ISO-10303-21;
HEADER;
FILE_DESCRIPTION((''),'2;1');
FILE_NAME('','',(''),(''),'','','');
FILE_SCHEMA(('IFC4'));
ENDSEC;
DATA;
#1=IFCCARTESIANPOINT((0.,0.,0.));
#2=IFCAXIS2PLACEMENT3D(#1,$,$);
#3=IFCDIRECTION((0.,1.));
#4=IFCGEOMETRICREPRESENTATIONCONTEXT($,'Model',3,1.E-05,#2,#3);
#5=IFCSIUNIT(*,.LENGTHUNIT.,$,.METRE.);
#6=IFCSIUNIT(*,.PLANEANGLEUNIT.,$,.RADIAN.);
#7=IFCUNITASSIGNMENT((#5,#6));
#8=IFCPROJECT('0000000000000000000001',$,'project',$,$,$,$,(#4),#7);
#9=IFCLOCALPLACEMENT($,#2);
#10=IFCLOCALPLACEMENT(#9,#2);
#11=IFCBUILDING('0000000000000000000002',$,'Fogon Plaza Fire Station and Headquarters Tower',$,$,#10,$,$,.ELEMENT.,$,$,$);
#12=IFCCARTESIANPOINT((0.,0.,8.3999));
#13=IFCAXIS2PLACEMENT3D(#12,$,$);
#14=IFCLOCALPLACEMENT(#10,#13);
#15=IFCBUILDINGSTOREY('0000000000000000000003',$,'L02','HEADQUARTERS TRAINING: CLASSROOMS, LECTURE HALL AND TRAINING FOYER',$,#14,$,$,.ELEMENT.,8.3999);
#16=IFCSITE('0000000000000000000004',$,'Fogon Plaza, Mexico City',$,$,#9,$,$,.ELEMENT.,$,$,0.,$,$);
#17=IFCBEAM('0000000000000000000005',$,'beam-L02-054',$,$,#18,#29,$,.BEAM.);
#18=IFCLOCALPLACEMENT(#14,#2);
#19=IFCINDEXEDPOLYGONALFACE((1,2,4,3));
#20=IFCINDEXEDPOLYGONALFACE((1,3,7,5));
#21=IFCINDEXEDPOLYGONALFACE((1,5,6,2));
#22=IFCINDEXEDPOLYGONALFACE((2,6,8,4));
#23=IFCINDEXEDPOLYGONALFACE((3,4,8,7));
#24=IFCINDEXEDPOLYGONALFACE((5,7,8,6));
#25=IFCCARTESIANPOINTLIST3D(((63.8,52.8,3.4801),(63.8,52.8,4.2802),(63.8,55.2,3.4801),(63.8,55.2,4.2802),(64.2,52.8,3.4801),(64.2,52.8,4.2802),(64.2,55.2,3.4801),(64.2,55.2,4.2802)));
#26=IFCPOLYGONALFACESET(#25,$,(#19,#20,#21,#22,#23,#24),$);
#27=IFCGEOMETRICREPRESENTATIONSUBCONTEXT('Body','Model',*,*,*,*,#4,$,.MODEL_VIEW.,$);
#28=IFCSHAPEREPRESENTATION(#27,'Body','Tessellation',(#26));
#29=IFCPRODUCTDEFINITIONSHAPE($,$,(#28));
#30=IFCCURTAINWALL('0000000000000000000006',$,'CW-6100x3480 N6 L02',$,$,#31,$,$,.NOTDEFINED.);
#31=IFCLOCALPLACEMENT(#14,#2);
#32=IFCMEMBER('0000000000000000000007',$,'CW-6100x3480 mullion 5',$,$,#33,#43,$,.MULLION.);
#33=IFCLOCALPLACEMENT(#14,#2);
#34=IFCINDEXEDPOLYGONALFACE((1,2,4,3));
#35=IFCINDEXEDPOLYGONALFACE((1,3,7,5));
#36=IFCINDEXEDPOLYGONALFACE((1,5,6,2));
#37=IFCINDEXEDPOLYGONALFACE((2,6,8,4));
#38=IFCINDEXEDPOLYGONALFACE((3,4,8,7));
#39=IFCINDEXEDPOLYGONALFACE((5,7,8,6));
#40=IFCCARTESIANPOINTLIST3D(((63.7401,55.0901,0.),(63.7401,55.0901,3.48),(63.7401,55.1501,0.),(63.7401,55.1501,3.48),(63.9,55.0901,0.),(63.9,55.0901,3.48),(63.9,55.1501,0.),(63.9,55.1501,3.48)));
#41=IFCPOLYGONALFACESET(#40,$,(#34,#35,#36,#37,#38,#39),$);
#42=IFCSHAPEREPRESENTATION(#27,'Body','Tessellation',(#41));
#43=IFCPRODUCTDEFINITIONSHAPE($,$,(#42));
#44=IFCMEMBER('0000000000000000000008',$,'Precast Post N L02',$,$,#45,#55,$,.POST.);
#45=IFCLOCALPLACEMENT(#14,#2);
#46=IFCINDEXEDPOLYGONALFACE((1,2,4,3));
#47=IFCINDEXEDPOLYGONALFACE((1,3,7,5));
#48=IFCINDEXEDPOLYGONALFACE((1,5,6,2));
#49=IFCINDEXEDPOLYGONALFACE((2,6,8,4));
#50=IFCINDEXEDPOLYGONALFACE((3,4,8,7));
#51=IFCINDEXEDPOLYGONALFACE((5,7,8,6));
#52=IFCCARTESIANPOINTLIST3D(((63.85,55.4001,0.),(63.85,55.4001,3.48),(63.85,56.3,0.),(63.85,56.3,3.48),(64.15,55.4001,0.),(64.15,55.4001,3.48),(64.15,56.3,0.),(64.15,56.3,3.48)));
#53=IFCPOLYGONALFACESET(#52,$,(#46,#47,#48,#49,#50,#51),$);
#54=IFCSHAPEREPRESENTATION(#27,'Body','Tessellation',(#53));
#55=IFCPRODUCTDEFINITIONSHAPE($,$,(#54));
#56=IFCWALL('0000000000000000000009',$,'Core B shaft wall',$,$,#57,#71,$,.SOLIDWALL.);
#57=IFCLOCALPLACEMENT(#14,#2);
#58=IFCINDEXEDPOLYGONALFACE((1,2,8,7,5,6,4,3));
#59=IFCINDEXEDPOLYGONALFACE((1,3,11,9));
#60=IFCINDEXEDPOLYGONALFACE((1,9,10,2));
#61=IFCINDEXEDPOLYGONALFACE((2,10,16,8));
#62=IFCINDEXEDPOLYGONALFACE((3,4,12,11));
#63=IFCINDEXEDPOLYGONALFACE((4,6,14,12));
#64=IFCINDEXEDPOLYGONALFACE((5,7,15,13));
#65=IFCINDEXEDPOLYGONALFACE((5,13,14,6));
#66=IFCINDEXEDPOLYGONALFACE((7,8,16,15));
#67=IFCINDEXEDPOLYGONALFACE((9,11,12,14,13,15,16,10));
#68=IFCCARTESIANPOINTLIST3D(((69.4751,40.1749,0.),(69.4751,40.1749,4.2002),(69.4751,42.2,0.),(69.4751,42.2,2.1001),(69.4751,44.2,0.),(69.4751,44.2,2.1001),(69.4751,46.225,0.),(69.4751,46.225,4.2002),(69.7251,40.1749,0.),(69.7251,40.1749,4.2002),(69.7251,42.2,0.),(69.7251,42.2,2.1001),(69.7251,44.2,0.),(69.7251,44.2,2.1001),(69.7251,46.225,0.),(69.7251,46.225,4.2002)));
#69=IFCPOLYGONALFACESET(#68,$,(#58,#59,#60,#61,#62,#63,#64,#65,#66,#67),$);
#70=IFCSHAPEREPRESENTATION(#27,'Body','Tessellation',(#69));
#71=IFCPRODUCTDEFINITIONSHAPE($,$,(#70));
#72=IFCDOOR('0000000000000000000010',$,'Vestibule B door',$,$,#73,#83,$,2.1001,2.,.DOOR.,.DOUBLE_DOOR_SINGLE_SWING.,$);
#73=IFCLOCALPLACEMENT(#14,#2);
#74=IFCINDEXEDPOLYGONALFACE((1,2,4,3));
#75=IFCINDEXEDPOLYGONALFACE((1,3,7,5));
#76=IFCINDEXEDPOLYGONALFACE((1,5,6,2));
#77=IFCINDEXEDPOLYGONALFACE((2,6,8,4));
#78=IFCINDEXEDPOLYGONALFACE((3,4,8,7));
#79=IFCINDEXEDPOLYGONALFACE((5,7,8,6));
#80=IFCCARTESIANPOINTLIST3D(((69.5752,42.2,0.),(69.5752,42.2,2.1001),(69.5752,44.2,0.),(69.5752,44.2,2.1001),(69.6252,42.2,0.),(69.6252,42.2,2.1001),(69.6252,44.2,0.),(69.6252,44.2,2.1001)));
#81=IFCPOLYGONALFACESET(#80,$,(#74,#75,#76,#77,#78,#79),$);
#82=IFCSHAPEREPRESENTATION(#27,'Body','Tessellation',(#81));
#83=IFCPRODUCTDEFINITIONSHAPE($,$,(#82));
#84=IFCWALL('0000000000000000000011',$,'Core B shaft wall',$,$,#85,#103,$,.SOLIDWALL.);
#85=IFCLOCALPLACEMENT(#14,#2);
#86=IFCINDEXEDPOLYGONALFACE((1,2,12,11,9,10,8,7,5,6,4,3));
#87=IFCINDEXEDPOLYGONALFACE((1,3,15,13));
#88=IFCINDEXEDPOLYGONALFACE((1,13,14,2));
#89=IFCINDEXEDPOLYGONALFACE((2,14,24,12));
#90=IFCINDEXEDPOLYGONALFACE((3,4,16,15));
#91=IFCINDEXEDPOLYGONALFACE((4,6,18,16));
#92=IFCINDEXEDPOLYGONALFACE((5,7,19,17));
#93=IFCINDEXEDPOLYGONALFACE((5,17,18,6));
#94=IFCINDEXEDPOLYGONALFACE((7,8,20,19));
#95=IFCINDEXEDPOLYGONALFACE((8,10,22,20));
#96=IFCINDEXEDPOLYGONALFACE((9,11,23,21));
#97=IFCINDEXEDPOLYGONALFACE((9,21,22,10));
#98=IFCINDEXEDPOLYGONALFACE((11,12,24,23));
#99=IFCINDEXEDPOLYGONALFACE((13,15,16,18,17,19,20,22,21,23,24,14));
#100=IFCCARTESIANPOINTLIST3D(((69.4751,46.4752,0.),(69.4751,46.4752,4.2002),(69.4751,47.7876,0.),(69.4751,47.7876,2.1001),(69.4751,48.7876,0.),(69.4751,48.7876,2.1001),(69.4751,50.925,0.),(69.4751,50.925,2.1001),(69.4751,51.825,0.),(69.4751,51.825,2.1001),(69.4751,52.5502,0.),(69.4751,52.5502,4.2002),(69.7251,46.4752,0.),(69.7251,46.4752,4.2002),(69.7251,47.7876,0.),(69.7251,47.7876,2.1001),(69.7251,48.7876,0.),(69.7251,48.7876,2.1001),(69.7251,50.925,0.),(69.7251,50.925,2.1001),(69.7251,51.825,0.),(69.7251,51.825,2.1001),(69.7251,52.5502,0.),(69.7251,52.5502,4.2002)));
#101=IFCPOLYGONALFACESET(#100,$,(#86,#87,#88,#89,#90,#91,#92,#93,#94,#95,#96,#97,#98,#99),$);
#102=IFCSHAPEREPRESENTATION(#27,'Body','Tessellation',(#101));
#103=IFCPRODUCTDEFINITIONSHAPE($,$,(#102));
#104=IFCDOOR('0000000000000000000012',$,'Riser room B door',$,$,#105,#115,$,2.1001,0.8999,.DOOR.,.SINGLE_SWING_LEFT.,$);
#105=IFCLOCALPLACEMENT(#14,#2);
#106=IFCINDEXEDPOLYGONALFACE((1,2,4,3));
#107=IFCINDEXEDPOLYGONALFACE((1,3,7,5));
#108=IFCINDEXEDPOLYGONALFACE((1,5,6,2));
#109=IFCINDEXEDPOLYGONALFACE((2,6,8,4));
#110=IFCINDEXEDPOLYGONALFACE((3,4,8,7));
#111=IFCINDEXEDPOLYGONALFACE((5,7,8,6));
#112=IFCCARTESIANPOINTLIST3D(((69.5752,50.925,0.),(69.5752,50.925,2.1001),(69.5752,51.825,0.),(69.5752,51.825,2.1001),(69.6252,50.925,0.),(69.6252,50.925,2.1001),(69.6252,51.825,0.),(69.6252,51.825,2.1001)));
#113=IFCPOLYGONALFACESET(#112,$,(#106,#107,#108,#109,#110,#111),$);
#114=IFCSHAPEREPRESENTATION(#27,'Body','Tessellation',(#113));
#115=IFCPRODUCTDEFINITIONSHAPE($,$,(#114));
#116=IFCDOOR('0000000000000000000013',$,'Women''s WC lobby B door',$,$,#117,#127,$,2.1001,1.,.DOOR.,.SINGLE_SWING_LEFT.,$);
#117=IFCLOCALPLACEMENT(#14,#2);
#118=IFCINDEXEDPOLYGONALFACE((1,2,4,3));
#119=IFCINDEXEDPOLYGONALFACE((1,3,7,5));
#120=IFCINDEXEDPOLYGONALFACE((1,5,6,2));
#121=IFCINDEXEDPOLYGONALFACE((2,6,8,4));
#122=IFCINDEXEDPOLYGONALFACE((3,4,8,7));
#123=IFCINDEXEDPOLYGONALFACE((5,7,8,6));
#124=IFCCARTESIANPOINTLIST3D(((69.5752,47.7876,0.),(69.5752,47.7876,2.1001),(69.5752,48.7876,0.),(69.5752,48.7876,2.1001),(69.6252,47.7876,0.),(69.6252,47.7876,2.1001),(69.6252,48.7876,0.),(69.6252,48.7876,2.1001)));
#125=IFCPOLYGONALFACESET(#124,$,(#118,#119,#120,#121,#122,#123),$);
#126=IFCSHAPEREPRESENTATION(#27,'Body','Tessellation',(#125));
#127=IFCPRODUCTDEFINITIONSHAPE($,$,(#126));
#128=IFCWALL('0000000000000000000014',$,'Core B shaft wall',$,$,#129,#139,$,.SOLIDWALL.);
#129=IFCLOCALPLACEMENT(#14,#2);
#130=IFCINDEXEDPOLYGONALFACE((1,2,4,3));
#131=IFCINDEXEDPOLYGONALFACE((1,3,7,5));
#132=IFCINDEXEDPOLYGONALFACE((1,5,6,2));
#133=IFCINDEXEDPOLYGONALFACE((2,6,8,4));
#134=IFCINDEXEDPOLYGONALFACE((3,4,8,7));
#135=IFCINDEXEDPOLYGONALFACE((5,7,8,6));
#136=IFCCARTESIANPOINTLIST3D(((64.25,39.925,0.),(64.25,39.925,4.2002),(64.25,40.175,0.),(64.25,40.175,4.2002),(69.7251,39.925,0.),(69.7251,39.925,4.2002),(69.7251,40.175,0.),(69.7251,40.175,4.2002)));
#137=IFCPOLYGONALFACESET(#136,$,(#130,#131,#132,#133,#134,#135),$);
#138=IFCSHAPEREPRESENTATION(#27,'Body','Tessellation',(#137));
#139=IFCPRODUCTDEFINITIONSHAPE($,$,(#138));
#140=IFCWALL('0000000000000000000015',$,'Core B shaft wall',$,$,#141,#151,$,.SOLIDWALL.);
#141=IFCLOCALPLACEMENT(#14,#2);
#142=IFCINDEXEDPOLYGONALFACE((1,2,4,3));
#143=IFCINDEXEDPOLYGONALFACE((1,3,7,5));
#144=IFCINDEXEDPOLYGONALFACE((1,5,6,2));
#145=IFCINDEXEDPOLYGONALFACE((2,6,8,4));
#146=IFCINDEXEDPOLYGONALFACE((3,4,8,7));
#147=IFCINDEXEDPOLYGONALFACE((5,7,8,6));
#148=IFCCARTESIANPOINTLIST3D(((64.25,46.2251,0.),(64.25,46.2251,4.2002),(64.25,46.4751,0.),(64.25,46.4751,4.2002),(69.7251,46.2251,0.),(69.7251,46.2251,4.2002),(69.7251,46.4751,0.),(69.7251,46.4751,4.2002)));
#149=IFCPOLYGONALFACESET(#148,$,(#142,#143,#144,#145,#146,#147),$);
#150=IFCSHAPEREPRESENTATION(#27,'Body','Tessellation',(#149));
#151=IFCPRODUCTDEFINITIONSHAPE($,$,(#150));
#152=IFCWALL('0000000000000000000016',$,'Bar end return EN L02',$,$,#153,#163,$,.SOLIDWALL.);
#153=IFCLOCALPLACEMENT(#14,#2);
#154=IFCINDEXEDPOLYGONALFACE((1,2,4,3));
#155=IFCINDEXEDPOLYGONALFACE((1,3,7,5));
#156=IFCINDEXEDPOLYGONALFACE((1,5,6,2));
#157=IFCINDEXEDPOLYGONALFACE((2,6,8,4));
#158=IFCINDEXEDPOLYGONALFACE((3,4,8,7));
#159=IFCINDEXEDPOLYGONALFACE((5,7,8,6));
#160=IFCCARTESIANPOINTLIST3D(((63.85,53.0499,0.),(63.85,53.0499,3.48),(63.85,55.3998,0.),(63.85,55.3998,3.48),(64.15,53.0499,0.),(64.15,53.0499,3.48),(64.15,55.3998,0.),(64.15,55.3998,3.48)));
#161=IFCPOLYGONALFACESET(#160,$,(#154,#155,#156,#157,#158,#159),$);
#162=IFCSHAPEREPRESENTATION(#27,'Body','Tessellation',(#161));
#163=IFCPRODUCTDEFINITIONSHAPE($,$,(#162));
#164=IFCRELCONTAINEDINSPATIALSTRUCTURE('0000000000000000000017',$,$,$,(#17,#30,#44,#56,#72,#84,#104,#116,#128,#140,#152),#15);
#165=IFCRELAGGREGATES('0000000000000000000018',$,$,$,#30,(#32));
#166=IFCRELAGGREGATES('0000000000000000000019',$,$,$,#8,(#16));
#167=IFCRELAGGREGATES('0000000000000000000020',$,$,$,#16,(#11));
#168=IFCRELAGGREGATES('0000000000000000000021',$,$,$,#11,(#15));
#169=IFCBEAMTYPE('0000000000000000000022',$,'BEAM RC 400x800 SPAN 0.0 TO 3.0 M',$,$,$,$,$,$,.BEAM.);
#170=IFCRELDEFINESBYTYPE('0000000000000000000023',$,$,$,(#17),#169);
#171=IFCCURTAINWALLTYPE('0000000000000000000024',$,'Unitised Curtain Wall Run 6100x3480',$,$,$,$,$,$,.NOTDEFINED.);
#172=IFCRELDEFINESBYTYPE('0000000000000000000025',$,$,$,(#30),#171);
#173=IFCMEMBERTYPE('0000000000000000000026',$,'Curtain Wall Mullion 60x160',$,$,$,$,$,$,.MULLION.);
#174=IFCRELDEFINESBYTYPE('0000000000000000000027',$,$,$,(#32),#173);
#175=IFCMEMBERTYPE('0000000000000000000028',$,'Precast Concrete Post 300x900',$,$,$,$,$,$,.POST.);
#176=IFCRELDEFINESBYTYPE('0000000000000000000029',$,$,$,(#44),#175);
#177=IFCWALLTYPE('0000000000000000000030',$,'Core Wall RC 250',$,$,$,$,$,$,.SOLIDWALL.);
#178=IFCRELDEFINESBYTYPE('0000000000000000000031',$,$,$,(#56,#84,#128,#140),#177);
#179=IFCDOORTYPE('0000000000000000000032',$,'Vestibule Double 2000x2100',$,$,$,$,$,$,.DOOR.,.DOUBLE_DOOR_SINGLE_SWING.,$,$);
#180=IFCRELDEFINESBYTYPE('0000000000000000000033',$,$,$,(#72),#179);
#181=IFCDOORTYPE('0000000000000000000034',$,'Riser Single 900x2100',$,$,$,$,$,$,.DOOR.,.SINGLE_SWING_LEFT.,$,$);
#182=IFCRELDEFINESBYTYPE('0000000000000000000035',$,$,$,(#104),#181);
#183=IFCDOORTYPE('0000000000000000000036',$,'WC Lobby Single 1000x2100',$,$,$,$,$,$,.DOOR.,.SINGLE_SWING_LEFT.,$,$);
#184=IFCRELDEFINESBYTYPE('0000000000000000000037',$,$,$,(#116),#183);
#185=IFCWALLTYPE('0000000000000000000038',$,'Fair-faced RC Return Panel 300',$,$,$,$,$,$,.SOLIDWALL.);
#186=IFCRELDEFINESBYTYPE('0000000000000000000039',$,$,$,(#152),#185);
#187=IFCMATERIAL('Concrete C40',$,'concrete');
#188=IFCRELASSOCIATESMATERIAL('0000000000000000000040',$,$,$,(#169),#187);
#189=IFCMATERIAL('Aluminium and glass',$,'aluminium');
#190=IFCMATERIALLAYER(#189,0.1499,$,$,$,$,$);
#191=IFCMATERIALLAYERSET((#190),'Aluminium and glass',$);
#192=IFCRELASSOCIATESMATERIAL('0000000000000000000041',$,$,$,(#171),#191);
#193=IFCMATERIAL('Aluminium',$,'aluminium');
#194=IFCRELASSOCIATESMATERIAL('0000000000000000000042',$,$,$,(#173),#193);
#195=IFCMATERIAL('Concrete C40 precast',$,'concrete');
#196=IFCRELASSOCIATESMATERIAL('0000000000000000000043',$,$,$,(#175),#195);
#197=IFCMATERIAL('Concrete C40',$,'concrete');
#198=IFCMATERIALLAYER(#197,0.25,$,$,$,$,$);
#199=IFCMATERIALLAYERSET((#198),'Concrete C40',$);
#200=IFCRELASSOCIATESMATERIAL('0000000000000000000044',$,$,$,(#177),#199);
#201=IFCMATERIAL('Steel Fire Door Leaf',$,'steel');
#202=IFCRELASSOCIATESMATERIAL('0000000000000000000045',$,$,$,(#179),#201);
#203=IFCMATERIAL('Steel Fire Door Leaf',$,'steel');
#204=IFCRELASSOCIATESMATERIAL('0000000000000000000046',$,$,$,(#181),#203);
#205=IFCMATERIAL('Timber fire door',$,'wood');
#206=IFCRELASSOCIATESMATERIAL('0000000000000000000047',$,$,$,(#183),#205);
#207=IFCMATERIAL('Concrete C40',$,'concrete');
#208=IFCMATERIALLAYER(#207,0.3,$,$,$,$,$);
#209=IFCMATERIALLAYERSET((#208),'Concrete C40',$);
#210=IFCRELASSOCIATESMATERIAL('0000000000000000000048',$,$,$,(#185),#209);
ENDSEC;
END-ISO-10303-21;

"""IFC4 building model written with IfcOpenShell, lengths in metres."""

from ifc_helpers import new_model, si_unit, direction, frame, frame_2d, origin, origin_2d, place, context, subcontext, project, spatial, rectangle, extrude, material, layer, layer_set, material_profile, profile_set, type_object, element, fill, aggregate, save


model = new_model("IFC4")

# Units and contexts
model_context = context("Model", 3, precision=1e-05, world=origin(), true_north=direction((0.0, 1.0)))
body_context = subcontext(model_context, "Body", "Model", "MODEL_VIEW")
ifc_project = project(units=[si_unit("LENGTHUNIT", "METRE"), si_unit("PLANEANGLEUNIT", "RADIAN")], contexts=[model_context])

# Site, building, storey
site_placement = place(None, origin())
site = spatial("IfcSite", under=ifc_project, at=site_placement, Name="Fogon Plaza, Mexico City", CompositionType="ELEMENT", RefElevation=0.0)
building_placement = place(site_placement, origin())
building = spatial("IfcBuilding", under=site, at=building_placement, Name="Fogon Plaza Fire Station and Headquarters Tower", CompositionType="ELEMENT")
storey_placement = place(building_placement, frame((0.0, 0.0, 8.3999)))
storey = spatial("IfcBuildingStorey", under=building, at=storey_placement, Name="L02", Description="HEADQUARTERS TRAINING: CLASSROOMS, LECTURE HALL AND TRAINING FOYER", CompositionType="ELEMENT", Elevation=8.3999)

# Beam
ifc_material_1 = material(Name="Concrete C40", Category="concrete")
ifc_material_profile_1 = material_profile(ifc_material_1, rectangle(XDim=0.3999, YDim=0.8, at=origin_2d()), Name="RC 400x800")
ifc_profile_set_1 = profile_set([ifc_material_profile_1], Name="Concrete C40")
beam_type = type_object("IfcBeamType", Name="BEAM RC 400x800 SPAN 0.0 TO 3.0 M", PredefinedType="BEAM", material=ifc_profile_set_1)
beam_placement = place(storey_placement, frame((64.0, 52.8, 3.8801), z_axis=(0.0, 1.0, 0.0), x_axis=(-1.0, 0.0, 0.0)))
element("IfcBeam", 1, at=beam_placement, inside=storey, type_object=beam_type, Name="beam-L02-054", PredefinedType="BEAM", context=body_context, shape_type="SweptSolid", body=[
    extrude(rectangle(XDim=0.3999, YDim=0.8, at=origin_2d()), origin(), (0.0, 0.0, 1.0), 2.3999),
])

# Curtain wall, member
ifc_material_2 = material(Name="Aluminium and glass", Category="aluminium")
ifc_layer_1 = layer(ifc_material_2, 0.1499)
ifc_layer_set_1 = layer_set([ifc_layer_1], Name="Aluminium and glass")
curtain_wall_type = type_object("IfcCurtainWallType", Name="Unitised Curtain Wall Run 6100x3480", PredefinedType="NOTDEFINED", material=ifc_layer_set_1)
curtain_wall_placement = place(storey_placement, origin())
curtain_wall = element("IfcCurtainWall", 2, at=curtain_wall_placement, inside=storey, type_object=curtain_wall_type, Name="CW-6100x3480 N6 L02", PredefinedType="NOTDEFINED")
ifc_material_3 = material(Name="Aluminium", Category="aluminium")
ifc_material_profile_2 = material_profile(ifc_material_3, rectangle(XDim=0.0601, YDim=0.1599, at=origin_2d()), Name="Curtain Wall Mullion 60x160")
ifc_profile_set_2 = profile_set([ifc_material_profile_2], Name="Aluminium")
member_type_1 = type_object("IfcMemberType", Name="Curtain Wall Mullion 60x160", PredefinedType="MULLION", material=ifc_profile_set_2)
member_1_placement = place(storey_placement, frame((63.8201, 55.1201, 0.0), z_axis=(0.0, 0.0, 1.0), x_axis=(0.0, 1.0, 0.0)))
member_1 = element("IfcMember", 3, at=member_1_placement, type_object=member_type_1, Name="CW-6100x3480 mullion 5", PredefinedType="MULLION", context=body_context, shape_type="SweptSolid", body=[
    extrude(rectangle(XDim=0.0601, YDim=0.1599, at=origin_2d()), origin(), (0.0, 0.0, 1.0), 3.48),
])
aggregate(curtain_wall, [member_1])

# Member
ifc_material_4 = material(Name="Concrete C40 precast", Category="concrete")
ifc_material_profile_3 = material_profile(ifc_material_4, rectangle(XDim=0.3, YDim=0.8999, at=origin_2d()), Name="Precast Concrete Post 300x900")
ifc_profile_set_3 = profile_set([ifc_material_profile_3], Name="Concrete C40 precast")
member_type_2 = type_object("IfcMemberType", Name="Precast Concrete Post 300x900", PredefinedType="POST", material=ifc_profile_set_3)
member_2_placement = place(storey_placement, frame((64.0, 55.8501, 0.0), z_axis=(0.0, 0.0, 1.0), x_axis=(1.0, 0.0, 0.0)))
element("IfcMember", 4, at=member_2_placement, inside=storey, type_object=member_type_2, Name="Precast Post N L02", PredefinedType="POST", context=body_context, shape_type="SweptSolid", body=[
    extrude(rectangle(XDim=0.3, YDim=0.8999, at=origin_2d()), origin(), (0.0, 0.0, 1.0), 3.48),
])

# Wall, opening, door
ifc_material_5 = material(Name="Concrete C40", Category="concrete")
ifc_layer_2 = layer(ifc_material_5, 0.25)
ifc_layer_set_2 = layer_set([ifc_layer_2], Name="Concrete C40")
wall_type_1 = type_object("IfcWallType", Name="Core Wall RC 250", PredefinedType="SOLIDWALL", material=ifc_layer_set_2)
wall_1_placement = place(storey_placement, frame((69.6001, 40.175, 0.0), z_axis=(0.0, 0.0, 1.0), x_axis=(0.0, 1.0, 0.0)))
wall_1 = element("IfcWall", 5, at=wall_1_placement, inside=storey, type_object=wall_type_1, Name="Core B shaft wall", PredefinedType="SOLIDWALL", context=body_context, shape_type="SweptSolid", body=[
    extrude(rectangle(XDim=6.05, YDim=0.25, at=frame_2d((3.0249, 0.0))), origin(), (0.0, 0.0, 1.0), 4.2002),
])
opening_1_placement = place(wall_1_placement, frame((2.0249, 0.0, 0.0)))
opening_1 = element("IfcOpeningElement", 6, at=opening_1_placement, cuts=wall_1, PredefinedType="OPENING", context=body_context, shape_type="SweptSolid", body=[
    extrude(rectangle(XDim=2.0, YDim=2.1001, at=frame_2d((1.0, 1.05))), frame((0.0, 0.135, 0.0), z_axis=(0.0, -1.0, 0.0), x_axis=(1.0, 0.0, 0.0)), (0.0, 0.0, 1.0), 0.27),
])
ifc_material_6 = material(Name="Steel Fire Door Leaf", Category="steel")
door_type_1 = type_object("IfcDoorType", Name="Vestibule Double 2000x2100", OperationType="DOUBLE_DOOR_SINGLE_SWING", PredefinedType="DOOR", material=ifc_material_6)
door_1_placement = place(opening_1_placement, origin())
door_1 = element("IfcDoor", 7, at=door_1_placement, inside=storey, type_object=door_type_1, Name="Vestibule B door", OperationType="DOUBLE_DOOR_SINGLE_SWING", OverallHeight=2.1001, OverallWidth=2.0, PredefinedType="DOOR", context=body_context, shape_type="SweptSolid", body=[
    extrude(rectangle(XDim=2.0, YDim=2.1001, at=frame_2d((1.0, 1.05))), frame((0.0, 0.0249, 0.0), z_axis=(0.0, -1.0, 0.0), x_axis=(1.0, 0.0, 0.0)), (0.0, 0.0, 1.0), 0.05),
])
fill(opening_1, door_1)

# Wall, openings, doors
wall_2_placement = place(storey_placement, frame((69.6001, 46.4751, 0.0), z_axis=(0.0, 0.0, 1.0), x_axis=(0.0, 1.0, 0.0)))
wall_2 = element("IfcWall", 8, at=wall_2_placement, inside=storey, type_object=wall_type_1, Name="Core B shaft wall", PredefinedType="SOLIDWALL", context=body_context, shape_type="SweptSolid", body=[
    extrude(rectangle(XDim=6.075, YDim=0.25, at=frame_2d((3.0376, 0.0))), origin(), (0.0, 0.0, 1.0), 4.2002),
])
opening_2_placement = place(wall_2_placement, frame((1.3125, 0.0, 0.0)))
opening_2 = element("IfcOpeningElement", 9, at=opening_2_placement, cuts=wall_2, PredefinedType="OPENING", context=body_context, shape_type="SweptSolid", body=[
    extrude(rectangle(XDim=1.0, YDim=2.1001, at=frame_2d((0.5, 1.05))), frame((0.0, 0.135, 0.0), z_axis=(0.0, -1.0, 0.0), x_axis=(1.0, 0.0, 0.0)), (0.0, 0.0, 1.0), 0.27),
])
opening_3_placement = place(wall_2_placement, frame((4.45, 0.0, 0.0)))
opening_3 = element("IfcOpeningElement", 10, at=opening_3_placement, cuts=wall_2, PredefinedType="OPENING", context=body_context, shape_type="SweptSolid", body=[
    extrude(rectangle(XDim=0.8999, YDim=2.1001, at=frame_2d((0.45, 1.05))), frame((0.0, 0.135, 0.0), z_axis=(0.0, -1.0, 0.0), x_axis=(1.0, 0.0, 0.0)), (0.0, 0.0, 1.0), 0.27),
])
ifc_material_7 = material(Name="Steel Fire Door Leaf", Category="steel")
door_type_2 = type_object("IfcDoorType", Name="Riser Single 900x2100", OperationType="SINGLE_SWING_LEFT", PredefinedType="DOOR", material=ifc_material_7)
door_2_placement = place(opening_3_placement, origin())
door_2 = element("IfcDoor", 11, at=door_2_placement, inside=storey, type_object=door_type_2, Name="Riser room B door", OperationType="SINGLE_SWING_LEFT", OverallHeight=2.1001, OverallWidth=0.8999, PredefinedType="DOOR", context=body_context, shape_type="SweptSolid", body=[
    extrude(rectangle(XDim=0.8999, YDim=2.1001, at=frame_2d((0.45, 1.05))), frame((0.0, 0.0249, 0.0), z_axis=(0.0, -1.0, 0.0), x_axis=(1.0, 0.0, 0.0)), (0.0, 0.0, 1.0), 0.05),
])
fill(opening_3, door_2)
ifc_material_8 = material(Name="Timber fire door", Category="wood")
door_type_3 = type_object("IfcDoorType", Name="WC Lobby Single 1000x2100", OperationType="SINGLE_SWING_LEFT", PredefinedType="DOOR", material=ifc_material_8)
door_3_placement = place(opening_2_placement, origin())
door_3 = element("IfcDoor", 12, at=door_3_placement, inside=storey, type_object=door_type_3, Name="Women's WC lobby B door", OperationType="SINGLE_SWING_LEFT", OverallHeight=2.1001, OverallWidth=1.0, PredefinedType="DOOR", context=body_context, shape_type="SweptSolid", body=[
    extrude(rectangle(XDim=1.0, YDim=2.1001, at=frame_2d((0.5, 1.05))), frame((0.0, 0.0249, 0.0), z_axis=(0.0, -1.0, 0.0), x_axis=(1.0, 0.0, 0.0)), (0.0, 0.0, 1.0), 0.05),
])
fill(opening_2, door_3)

# Walls
for number, where, z_axis, x_axis, name in (
    (13, (69.7251, 40.05, 0.0), (0.0, 0.0, 1.0), (-1.0, 0.0, 0.0), "Core B shaft wall"),
    (14, (69.7251, 46.3501, 0.0), (0.0, 0.0, 1.0), (-1.0, 0.0, 0.0), "Core B shaft wall"),
):
    element("IfcWall", number, at=place(storey_placement, frame(where, z_axis=z_axis, x_axis=x_axis)), inside=storey, type_object=wall_type_1, Name=name, PredefinedType="SOLIDWALL", context=body_context, shape_type="SweptSolid", body=[
        extrude(rectangle(XDim=5.4751, YDim=0.25, at=frame_2d((2.7375, 0.0))), origin(), (0.0, 0.0, 1.0), 4.2002),
    ])
ifc_material_9 = material(Name="Concrete C40", Category="concrete")
ifc_layer_3 = layer(ifc_material_9, 0.3)
ifc_layer_set_3 = layer_set([ifc_layer_3], Name="Concrete C40")
wall_type_2 = type_object("IfcWallType", Name="Fair-faced RC Return Panel 300", PredefinedType="SOLIDWALL", material=ifc_layer_set_3)
wall_3_placement = place(storey_placement, frame((64.0, 53.05, 0.0), z_axis=(0.0, 0.0, 1.0), x_axis=(0.0, 1.0, 0.0)))
element("IfcWall", 15, at=wall_3_placement, inside=storey, type_object=wall_type_2, Name="Bar end return EN L02", PredefinedType="SOLIDWALL", context=body_context, shape_type="SweptSolid", body=[
    extrude(rectangle(XDim=2.3499, YDim=0.3, at=frame_2d((1.1748, 0.0))), origin(), (0.0, 0.0, 1.0), 3.48),
])

save(model, "model.ifc")
